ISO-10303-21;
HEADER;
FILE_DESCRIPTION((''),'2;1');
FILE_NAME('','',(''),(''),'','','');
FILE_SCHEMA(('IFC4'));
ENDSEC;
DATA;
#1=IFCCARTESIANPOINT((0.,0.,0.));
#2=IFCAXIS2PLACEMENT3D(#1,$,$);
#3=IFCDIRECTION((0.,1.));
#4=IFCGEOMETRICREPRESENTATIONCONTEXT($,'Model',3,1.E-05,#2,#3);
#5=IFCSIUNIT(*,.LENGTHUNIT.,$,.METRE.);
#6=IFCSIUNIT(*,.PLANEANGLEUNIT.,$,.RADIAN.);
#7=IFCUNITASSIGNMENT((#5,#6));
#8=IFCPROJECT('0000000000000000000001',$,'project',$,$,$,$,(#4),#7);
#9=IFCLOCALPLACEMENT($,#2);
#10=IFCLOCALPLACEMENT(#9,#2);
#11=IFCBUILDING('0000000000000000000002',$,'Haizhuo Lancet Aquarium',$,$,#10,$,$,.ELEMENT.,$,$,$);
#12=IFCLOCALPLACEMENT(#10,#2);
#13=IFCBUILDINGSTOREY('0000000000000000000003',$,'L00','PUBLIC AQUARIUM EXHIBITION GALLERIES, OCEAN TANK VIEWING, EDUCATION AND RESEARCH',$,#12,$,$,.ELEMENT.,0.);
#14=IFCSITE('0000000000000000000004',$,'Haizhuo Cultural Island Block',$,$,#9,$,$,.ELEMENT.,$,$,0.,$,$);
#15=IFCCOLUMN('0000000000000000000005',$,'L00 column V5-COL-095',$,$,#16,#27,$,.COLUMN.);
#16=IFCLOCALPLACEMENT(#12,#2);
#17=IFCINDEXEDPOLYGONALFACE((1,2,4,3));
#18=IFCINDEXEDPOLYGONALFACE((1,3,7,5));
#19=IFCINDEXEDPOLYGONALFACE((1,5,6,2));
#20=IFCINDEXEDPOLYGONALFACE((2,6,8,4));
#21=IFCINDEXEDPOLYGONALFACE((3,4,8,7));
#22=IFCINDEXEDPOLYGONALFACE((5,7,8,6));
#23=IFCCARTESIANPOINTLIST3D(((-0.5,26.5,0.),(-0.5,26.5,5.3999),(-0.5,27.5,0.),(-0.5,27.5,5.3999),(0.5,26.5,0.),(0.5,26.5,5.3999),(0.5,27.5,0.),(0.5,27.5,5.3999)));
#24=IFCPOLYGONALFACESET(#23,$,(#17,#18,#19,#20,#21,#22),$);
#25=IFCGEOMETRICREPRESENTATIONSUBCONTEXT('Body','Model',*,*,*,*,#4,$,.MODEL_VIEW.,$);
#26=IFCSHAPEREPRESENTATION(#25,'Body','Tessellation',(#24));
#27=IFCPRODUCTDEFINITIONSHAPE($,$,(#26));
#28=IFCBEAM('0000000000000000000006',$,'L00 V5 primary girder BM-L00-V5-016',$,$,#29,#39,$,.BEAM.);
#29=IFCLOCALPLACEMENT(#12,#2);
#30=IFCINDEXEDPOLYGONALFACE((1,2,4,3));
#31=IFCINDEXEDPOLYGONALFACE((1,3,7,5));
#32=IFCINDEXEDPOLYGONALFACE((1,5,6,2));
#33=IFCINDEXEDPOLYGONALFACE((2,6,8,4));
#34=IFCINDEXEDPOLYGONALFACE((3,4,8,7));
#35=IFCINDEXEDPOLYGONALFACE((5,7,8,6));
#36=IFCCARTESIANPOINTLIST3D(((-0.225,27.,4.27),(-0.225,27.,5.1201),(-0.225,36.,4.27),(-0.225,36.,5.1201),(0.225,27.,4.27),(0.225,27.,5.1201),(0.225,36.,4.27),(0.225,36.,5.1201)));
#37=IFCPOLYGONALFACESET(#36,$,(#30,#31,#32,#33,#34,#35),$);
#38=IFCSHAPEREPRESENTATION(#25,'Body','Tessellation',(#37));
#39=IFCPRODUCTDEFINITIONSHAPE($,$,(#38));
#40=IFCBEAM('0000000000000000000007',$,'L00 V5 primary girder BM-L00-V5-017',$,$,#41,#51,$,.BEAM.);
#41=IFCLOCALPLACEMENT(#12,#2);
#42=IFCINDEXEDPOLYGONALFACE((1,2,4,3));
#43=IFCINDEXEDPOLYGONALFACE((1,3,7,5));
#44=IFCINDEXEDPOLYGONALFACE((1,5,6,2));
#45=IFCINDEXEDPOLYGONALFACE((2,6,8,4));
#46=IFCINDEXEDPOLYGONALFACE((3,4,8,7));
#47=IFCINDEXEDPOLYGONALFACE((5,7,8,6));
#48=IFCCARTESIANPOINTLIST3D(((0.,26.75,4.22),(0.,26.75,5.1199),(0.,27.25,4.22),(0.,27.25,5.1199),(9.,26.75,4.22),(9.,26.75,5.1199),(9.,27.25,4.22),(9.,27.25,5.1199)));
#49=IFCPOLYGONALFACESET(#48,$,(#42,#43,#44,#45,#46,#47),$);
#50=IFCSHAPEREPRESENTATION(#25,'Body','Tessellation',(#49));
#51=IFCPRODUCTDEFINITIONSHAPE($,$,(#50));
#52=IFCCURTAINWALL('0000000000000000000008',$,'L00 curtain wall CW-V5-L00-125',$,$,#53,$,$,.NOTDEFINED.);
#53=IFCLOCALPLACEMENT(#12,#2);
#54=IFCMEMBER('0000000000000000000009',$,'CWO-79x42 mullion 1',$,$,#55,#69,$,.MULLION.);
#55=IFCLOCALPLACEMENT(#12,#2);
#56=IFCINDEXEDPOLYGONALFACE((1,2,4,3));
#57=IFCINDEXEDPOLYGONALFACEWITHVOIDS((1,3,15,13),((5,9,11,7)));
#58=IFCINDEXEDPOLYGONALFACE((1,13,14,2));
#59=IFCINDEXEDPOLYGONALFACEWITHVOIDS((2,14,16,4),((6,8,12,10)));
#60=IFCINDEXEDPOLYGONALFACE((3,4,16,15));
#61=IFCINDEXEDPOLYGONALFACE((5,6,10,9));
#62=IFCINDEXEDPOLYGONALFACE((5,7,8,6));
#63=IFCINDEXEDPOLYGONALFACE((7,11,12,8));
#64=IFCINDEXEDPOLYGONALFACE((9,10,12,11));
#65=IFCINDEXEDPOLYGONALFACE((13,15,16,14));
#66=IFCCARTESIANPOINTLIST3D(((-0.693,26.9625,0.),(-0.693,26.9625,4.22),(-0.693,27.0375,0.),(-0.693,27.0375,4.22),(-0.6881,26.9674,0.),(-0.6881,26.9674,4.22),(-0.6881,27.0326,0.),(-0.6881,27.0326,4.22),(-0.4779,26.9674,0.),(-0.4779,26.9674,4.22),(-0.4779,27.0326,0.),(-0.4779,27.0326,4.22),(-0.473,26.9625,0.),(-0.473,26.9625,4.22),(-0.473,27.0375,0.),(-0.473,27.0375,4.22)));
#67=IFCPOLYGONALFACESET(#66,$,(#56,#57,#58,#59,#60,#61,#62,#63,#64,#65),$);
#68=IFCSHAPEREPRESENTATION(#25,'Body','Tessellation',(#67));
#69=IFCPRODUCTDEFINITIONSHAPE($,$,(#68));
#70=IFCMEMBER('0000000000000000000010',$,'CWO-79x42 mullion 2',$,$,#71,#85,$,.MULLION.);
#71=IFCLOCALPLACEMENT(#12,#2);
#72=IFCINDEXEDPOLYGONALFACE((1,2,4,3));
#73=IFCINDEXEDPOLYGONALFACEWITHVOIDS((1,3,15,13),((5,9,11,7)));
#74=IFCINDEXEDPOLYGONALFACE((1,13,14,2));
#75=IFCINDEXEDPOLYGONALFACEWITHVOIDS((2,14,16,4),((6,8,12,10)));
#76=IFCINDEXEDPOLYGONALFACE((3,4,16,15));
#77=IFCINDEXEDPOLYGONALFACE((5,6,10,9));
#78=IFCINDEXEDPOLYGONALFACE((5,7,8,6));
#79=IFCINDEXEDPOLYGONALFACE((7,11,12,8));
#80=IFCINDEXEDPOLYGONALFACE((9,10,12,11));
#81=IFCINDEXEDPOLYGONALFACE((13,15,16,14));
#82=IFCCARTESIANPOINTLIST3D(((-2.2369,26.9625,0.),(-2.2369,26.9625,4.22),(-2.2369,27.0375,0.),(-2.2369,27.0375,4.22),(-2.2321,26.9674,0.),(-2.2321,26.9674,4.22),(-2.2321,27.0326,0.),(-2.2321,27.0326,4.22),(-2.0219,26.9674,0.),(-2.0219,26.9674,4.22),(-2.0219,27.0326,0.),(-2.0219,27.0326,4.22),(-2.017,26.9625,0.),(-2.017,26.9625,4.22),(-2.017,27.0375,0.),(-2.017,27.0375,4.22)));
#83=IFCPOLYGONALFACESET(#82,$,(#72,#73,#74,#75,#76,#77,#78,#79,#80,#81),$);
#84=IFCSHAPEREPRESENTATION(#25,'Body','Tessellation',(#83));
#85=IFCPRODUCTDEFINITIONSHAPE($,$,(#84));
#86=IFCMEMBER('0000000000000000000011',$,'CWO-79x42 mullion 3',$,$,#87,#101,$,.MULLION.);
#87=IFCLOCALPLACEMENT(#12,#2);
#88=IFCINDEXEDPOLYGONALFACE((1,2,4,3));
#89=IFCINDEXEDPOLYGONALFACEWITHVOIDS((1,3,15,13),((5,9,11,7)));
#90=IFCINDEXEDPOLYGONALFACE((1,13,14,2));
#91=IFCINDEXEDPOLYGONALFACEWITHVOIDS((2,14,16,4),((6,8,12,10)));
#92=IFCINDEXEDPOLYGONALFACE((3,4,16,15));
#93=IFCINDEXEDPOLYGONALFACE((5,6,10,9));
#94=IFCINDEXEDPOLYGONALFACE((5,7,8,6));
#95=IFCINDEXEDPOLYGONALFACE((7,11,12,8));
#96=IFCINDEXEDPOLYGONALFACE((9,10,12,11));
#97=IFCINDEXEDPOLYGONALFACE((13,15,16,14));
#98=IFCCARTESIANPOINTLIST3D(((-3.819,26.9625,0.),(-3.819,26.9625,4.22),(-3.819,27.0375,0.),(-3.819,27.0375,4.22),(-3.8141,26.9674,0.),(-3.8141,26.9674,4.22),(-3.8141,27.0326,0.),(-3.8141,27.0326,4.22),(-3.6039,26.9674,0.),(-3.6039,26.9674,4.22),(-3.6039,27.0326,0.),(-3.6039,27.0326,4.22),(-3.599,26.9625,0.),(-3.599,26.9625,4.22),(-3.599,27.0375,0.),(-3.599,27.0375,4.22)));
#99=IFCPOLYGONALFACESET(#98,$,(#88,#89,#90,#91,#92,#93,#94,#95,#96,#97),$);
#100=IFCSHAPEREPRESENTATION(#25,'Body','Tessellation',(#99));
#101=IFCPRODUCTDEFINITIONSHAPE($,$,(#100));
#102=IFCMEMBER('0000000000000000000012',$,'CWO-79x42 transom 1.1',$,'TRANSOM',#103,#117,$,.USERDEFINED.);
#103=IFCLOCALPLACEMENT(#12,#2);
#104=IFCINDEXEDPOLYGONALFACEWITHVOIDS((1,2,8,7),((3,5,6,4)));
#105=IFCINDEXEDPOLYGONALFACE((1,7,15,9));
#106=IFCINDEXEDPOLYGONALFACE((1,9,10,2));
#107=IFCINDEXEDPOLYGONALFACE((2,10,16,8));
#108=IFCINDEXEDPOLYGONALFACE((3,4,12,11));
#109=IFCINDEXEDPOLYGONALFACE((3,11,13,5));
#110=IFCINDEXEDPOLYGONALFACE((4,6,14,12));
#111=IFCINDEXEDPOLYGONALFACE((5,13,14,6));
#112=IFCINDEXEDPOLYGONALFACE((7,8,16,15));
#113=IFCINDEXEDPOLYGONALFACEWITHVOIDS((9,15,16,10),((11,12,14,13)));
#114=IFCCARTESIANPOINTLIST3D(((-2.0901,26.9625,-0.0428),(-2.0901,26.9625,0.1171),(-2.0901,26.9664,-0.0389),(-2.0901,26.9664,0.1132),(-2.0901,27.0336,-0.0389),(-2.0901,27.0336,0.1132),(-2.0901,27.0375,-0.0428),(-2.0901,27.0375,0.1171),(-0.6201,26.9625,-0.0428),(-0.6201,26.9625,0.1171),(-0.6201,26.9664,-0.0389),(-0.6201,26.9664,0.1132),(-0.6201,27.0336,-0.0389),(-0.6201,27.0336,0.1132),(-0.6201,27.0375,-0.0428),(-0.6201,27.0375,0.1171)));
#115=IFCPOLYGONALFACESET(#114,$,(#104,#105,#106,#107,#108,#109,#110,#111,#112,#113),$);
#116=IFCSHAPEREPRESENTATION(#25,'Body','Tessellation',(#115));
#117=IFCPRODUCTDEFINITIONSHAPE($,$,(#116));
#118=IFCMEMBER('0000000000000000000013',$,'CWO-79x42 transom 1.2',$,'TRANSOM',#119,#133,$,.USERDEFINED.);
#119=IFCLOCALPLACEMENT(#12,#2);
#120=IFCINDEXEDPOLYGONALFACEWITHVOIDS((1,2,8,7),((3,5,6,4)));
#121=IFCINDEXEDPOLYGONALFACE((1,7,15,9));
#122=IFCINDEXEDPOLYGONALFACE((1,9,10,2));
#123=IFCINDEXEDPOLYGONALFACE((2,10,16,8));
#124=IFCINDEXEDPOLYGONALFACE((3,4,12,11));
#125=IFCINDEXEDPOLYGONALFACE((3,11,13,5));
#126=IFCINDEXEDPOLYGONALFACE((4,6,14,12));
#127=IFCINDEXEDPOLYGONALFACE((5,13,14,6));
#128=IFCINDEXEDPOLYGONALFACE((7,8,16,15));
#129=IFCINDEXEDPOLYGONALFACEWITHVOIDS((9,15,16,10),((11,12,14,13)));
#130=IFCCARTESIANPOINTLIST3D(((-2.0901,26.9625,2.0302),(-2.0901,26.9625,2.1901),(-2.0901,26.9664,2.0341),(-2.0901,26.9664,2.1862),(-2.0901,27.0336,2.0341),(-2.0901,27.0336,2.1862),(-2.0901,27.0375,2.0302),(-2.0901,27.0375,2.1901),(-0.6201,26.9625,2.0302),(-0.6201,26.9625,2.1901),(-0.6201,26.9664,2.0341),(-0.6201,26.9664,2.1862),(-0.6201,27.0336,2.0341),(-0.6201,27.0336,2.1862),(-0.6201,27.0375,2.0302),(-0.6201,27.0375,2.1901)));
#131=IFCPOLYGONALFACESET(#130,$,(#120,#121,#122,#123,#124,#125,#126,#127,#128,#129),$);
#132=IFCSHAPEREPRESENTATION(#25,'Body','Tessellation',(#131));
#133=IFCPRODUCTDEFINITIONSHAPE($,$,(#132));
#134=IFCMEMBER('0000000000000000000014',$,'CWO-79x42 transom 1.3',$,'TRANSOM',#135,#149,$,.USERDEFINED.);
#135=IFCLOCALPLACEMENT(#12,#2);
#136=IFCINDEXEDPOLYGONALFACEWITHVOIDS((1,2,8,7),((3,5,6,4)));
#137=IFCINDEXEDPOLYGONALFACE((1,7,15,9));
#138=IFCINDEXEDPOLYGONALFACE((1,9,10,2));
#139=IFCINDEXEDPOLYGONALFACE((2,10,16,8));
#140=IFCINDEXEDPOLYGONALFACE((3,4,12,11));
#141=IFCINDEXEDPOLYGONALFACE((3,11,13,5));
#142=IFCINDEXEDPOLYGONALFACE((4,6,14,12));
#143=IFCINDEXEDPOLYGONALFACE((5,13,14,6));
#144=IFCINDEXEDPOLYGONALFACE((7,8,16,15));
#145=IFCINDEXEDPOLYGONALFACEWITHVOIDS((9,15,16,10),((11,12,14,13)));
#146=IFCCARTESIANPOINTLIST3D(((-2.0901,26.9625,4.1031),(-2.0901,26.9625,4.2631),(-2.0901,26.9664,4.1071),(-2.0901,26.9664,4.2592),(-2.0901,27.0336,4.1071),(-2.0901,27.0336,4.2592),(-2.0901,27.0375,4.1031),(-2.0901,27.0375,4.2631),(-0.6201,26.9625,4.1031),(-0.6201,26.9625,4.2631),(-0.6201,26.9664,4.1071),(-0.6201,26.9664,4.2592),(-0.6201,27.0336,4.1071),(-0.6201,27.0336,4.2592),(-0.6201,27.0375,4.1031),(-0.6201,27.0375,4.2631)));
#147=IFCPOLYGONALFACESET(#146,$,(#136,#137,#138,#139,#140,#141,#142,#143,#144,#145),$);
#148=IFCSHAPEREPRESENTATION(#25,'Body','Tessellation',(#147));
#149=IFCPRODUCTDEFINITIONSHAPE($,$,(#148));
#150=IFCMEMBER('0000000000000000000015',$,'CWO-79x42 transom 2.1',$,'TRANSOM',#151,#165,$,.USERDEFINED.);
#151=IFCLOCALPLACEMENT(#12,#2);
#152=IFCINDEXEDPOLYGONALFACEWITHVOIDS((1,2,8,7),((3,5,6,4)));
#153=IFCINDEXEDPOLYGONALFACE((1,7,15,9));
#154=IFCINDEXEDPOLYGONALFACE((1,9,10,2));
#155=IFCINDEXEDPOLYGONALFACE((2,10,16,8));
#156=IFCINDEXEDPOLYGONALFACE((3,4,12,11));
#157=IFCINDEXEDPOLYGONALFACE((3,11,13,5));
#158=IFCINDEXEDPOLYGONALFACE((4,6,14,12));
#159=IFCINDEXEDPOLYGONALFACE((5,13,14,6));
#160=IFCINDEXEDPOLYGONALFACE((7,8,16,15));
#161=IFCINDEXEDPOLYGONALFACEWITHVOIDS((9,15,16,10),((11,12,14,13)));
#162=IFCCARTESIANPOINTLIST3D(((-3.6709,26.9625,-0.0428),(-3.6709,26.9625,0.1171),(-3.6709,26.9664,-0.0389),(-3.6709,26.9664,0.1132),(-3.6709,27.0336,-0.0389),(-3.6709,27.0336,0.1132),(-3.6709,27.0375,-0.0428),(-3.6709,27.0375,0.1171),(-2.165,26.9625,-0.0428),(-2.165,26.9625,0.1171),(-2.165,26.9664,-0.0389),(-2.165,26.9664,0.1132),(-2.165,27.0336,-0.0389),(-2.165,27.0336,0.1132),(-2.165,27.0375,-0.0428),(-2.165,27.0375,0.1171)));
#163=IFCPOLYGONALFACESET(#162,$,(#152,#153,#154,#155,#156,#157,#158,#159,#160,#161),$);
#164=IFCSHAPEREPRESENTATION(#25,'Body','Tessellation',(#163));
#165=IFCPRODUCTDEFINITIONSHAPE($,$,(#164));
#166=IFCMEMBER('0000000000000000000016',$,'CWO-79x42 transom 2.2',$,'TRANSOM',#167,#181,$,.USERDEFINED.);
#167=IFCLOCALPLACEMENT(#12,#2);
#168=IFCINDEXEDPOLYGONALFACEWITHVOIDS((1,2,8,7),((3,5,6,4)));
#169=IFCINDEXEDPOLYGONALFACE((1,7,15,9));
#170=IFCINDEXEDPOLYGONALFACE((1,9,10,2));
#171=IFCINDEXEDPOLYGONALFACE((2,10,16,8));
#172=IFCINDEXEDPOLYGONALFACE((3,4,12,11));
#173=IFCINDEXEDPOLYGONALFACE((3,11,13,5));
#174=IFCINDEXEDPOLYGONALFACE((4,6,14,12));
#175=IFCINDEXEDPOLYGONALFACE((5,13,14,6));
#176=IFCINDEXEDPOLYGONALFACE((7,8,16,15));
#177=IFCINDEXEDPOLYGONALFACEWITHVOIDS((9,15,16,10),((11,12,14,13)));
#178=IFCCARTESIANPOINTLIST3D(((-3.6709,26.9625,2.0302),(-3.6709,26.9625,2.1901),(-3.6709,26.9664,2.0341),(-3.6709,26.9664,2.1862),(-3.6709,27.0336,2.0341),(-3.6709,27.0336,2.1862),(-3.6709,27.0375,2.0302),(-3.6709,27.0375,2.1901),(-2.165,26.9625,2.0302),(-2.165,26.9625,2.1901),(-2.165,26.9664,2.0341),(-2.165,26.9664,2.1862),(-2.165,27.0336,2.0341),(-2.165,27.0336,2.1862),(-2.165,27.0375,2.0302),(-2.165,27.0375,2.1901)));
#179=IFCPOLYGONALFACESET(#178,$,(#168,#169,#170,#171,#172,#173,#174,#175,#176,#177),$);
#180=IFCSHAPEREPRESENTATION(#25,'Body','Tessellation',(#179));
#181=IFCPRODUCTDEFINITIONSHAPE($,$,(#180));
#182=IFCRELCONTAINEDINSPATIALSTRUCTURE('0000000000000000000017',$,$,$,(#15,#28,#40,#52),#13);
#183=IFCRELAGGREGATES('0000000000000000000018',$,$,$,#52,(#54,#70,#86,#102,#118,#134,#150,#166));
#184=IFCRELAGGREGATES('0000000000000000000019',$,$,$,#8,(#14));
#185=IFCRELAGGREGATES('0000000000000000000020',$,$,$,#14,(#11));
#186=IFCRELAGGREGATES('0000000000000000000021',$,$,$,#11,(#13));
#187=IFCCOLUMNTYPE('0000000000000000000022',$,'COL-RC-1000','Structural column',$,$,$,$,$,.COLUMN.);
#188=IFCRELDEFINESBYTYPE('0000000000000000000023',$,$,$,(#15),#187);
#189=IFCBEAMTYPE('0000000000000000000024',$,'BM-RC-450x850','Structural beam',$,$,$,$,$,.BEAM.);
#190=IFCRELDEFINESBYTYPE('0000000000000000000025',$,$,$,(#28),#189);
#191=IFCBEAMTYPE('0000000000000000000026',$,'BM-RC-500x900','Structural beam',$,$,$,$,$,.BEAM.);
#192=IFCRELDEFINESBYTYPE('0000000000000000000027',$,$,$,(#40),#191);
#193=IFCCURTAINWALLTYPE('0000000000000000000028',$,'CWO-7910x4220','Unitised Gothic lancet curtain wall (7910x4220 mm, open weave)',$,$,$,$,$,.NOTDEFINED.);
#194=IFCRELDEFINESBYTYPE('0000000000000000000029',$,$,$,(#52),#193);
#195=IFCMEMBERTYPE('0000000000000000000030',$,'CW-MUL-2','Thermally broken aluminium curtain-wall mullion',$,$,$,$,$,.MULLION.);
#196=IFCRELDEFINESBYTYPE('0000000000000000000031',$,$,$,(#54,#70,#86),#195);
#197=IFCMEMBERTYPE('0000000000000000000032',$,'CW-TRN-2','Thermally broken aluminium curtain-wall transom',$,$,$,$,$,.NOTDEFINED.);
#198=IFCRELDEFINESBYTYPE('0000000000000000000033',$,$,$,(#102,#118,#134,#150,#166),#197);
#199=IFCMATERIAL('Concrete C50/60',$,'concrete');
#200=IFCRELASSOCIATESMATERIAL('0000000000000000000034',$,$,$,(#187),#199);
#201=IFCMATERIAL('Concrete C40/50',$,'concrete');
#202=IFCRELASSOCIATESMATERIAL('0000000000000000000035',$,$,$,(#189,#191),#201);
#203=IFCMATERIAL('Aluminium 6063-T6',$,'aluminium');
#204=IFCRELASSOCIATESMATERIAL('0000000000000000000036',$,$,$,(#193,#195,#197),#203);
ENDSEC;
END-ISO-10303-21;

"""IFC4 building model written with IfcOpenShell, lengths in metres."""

from ifc_helpers import new_model, si_unit, direction, frame, origin, origin_2d, place, context, subcontext, project, spatial, rectangle, hollow_rectangle, extrude, material, material_profile, profile_set, type_object, element, aggregate, save


model = new_model("IFC4")

# Units and contexts
model_context = context("Model", 3, precision=1e-05, world=origin(), true_north=direction((0.0, 1.0)))
body_context = subcontext(model_context, "Body", "Model", "MODEL_VIEW")
ifc_project = project(units=[si_unit("LENGTHUNIT", "METRE"), si_unit("PLANEANGLEUNIT", "RADIAN")], contexts=[model_context])

# Site, building, storey
site_placement = place(None, origin())
site = spatial("IfcSite", under=ifc_project, at=site_placement, Name="Haizhuo Cultural Island Block", CompositionType="ELEMENT", RefElevation=0.0)
building_placement = place(site_placement, origin())
building = spatial("IfcBuilding", under=site, at=building_placement, Name="Haizhuo Lancet Aquarium", CompositionType="ELEMENT")
storey_placement = place(building_placement, origin())
storey = spatial("IfcBuildingStorey", under=building, at=storey_placement, Name="L00", Description="PUBLIC AQUARIUM EXHIBITION GALLERIES, OCEAN TANK VIEWING, EDUCATION AND RESEARCH", CompositionType="ELEMENT", Elevation=0.0)

# Column
ifc_material_1 = material(Name="Concrete C50/60", Category="concrete")
ifc_material_profile_1 = material_profile(ifc_material_1, rectangle(XDim=1.0, YDim=1.0, at=origin_2d()), Name="RC-COL 1000x1000")
ifc_profile_set_1 = profile_set([ifc_material_profile_1], Name="Concrete C50/60")
column_type = type_object("IfcColumnType", Name="COL-RC-1000", Description="Structural column", PredefinedType="COLUMN", material=ifc_profile_set_1)
column_placement = place(storey_placement, frame((0.0, 27.0, 0.0), z_axis=(0.0, 0.0, 1.0), x_axis=(1.0, 0.0, 0.0)))
element("IfcColumn", 1, at=column_placement, inside=storey, type_object=column_type, Name="L00 column V5-COL-095", PredefinedType="COLUMN", context=body_context, shape_type="SweptSolid", body=[
    extrude(rectangle(XDim=1.0, YDim=1.0, at=origin_2d()), origin(), (0.0, 0.0, 1.0), 5.3999),
])

# Beams
ifc_material_2 = material(Name="Concrete C40/50", Category="concrete")
ifc_material_profile_2 = material_profile(ifc_material_2, rectangle(XDim=0.45, YDim=0.8501, at=origin_2d()), Name="RC-BM 450x850")
ifc_profile_set_2 = profile_set([ifc_material_profile_2], Name="Concrete C40/50")
beam_type_1 = type_object("IfcBeamType", Name="BM-RC-450x850", Description="Structural beam", PredefinedType="BEAM", material=ifc_profile_set_2)
beam_1_placement = place(storey_placement, frame((0.0, 27.0, 4.6951), z_axis=(0.0, 1.0, 0.0), x_axis=(-1.0, 0.0, 0.0)))
element("IfcBeam", 2, at=beam_1_placement, inside=storey, type_object=beam_type_1, Name="L00 V5 primary girder BM-L00-V5-016", PredefinedType="BEAM", context=body_context, shape_type="SweptSolid", body=[
    extrude(rectangle(XDim=0.45, YDim=0.8501, at=origin_2d()), origin(), (0.0, 0.0, 1.0), 9.0),
])
ifc_material_profile_3 = material_profile(ifc_material_2, rectangle(XDim=0.5, YDim=0.8999, at=origin_2d()), Name="RC-BM 500x900")
ifc_profile_set_3 = profile_set([ifc_material_profile_3], Name="Concrete C40/50")
beam_type_2 = type_object("IfcBeamType", Name="BM-RC-500x900", Description="Structural beam", PredefinedType="BEAM", material=ifc_profile_set_3)
beam_2_placement = place(storey_placement, frame((0.0, 27.0, 4.6699), z_axis=(1.0, 0.0, 0.0), x_axis=(0.0, 1.0, 0.0)))
element("IfcBeam", 3, at=beam_2_placement, inside=storey, type_object=beam_type_2, Name="L00 V5 primary girder BM-L00-V5-017", PredefinedType="BEAM", context=body_context, shape_type="SweptSolid", body=[
    extrude(rectangle(XDim=0.5, YDim=0.8999, at=origin_2d()), origin(), (0.0, 0.0, 1.0), 9.0),
])

# Curtain wall, members
ifc_material_3 = material(Name="Aluminium 6063-T6", Category="aluminium")
curtain_wall_type = type_object("IfcCurtainWallType", Name="CWO-7910x4220", Description="Unitised Gothic lancet curtain wall (7910x4220 mm, open weave)", PredefinedType="NOTDEFINED", material=ifc_material_3)
curtain_wall_placement = place(storey_placement, origin())
curtain_wall = element("IfcCurtainWall", 4, at=curtain_wall_placement, inside=storey, type_object=curtain_wall_type, Name="L00 curtain wall CW-V5-L00-125", PredefinedType="NOTDEFINED")
ifc_material_profile_4 = material_profile(ifc_material_3, hollow_rectangle(XDim=0.075, YDim=0.22, WallThickness=0.0049, at=origin_2d()), Name="ALU-M 75x220x5")
ifc_profile_set_4 = profile_set([ifc_material_profile_4], Name="Aluminium 6063-T6")
member_type_1 = type_object("IfcMemberType", Name="CW-MUL-2", Description="Thermally broken aluminium curtain-wall mullion", PredefinedType="MULLION", material=ifc_profile_set_4)
member_1_placement = place(storey_placement, frame((-0.583, 27.0, 0.0), z_axis=(0.0, 0.0, 1.0), x_axis=(0.0, -1.0, 0.0)))
member_1 = element("IfcMember", 5, at=member_1_placement, type_object=member_type_1, Name="CWO-79x42 mullion 1", PredefinedType="MULLION", context=body_context, shape_type="SweptSolid", body=[
    extrude(hollow_rectangle(XDim=0.075, YDim=0.22, WallThickness=0.0049, at=origin_2d()), origin(), (0.0, 0.0, 1.0), 4.22),
])
member_2_placement = place(storey_placement, frame((-2.127, 27.0, 0.0), z_axis=(0.0, 0.0, 1.0), x_axis=(0.0, -1.0, 0.0)))
member_2 = element("IfcMember", 6, at=member_2_placement, type_object=member_type_1, Name="CWO-79x42 mullion 2", PredefinedType="MULLION", context=body_context, shape_type="SweptSolid", body=[
    extrude(hollow_rectangle(XDim=0.075, YDim=0.22, WallThickness=0.0049, at=origin_2d()), origin(), (0.0, 0.0, 1.0), 4.22),
])
member_3_placement = place(storey_placement, frame((-3.709, 27.0, 0.0), z_axis=(0.0, 0.0, 1.0), x_axis=(0.0, -1.0, 0.0)))
member_3 = element("IfcMember", 7, at=member_3_placement, type_object=member_type_1, Name="CWO-79x42 mullion 3", PredefinedType="MULLION", context=body_context, shape_type="SweptSolid", body=[
    extrude(hollow_rectangle(XDim=0.075, YDim=0.22, WallThickness=0.0049, at=origin_2d()), origin(), (0.0, 0.0, 1.0), 4.22),
])
ifc_material_profile_5 = material_profile(ifc_material_3, hollow_rectangle(XDim=0.075, YDim=0.1599, WallThickness=0.0039, at=origin_2d()), Name="ALU-T 75x160x4")
ifc_profile_set_5 = profile_set([ifc_material_profile_5], Name="Aluminium 6063-T6")
member_type_2 = type_object("IfcMemberType", Name="CW-TRN-2", Description="Thermally broken aluminium curtain-wall transom", PredefinedType="NOTDEFINED", material=ifc_profile_set_5)
member_4_placement = place(storey_placement, frame((-0.6201, 27.0, 0.0371), z_axis=(-1.0, 0.0, 0.0), x_axis=(0.0, -1.0, 0.0)))
member_4 = element("IfcMember", 8, at=member_4_placement, type_object=member_type_2, Name="CWO-79x42 transom 1.1", ObjectType="TRANSOM", PredefinedType="USERDEFINED", context=body_context, shape_type="SweptSolid", body=[
    extrude(hollow_rectangle(XDim=0.075, YDim=0.1599, WallThickness=0.0039, at=origin_2d()), origin(), (0.0, 0.0, 1.0), 1.47),
])
member_5_placement = place(storey_placement, frame((-0.6201, 27.0, 2.1101), z_axis=(-1.0, 0.0, 0.0), x_axis=(0.0, -1.0, 0.0)))
member_5 = element("IfcMember", 9, at=member_5_placement, type_object=member_type_2, Name="CWO-79x42 transom 1.2", ObjectType="TRANSOM", PredefinedType="USERDEFINED", context=body_context, shape_type="SweptSolid", body=[
    extrude(hollow_rectangle(XDim=0.075, YDim=0.1599, WallThickness=0.0039, at=origin_2d()), origin(), (0.0, 0.0, 1.0), 1.47),
])
member_6_placement = place(storey_placement, frame((-0.6201, 27.0, 4.1831), z_axis=(-1.0, 0.0, 0.0), x_axis=(0.0, -1.0, 0.0)))
member_6 = element("IfcMember", 10, at=member_6_placement, type_object=member_type_2, Name="CWO-79x42 transom 1.3", ObjectType="TRANSOM", PredefinedType="USERDEFINED", context=body_context, shape_type="SweptSolid", body=[
    extrude(hollow_rectangle(XDim=0.075, YDim=0.1599, WallThickness=0.0039, at=origin_2d()), origin(), (0.0, 0.0, 1.0), 1.47),
])
member_7_placement = place(storey_placement, frame((-2.165, 27.0, 0.0371), z_axis=(-1.0, 0.0, 0.0), x_axis=(0.0, -1.0, 0.0)))
member_7 = element("IfcMember", 11, at=member_7_placement, type_object=member_type_2, Name="CWO-79x42 transom 2.1", ObjectType="TRANSOM", PredefinedType="USERDEFINED", context=body_context, shape_type="SweptSolid", body=[
    extrude(hollow_rectangle(XDim=0.075, YDim=0.1599, WallThickness=0.0039, at=origin_2d()), origin(), (0.0, 0.0, 1.0), 1.5059),
])
member_8_placement = place(storey_placement, frame((-2.165, 27.0, 2.1101), z_axis=(-1.0, 0.0, 0.0), x_axis=(0.0, -1.0, 0.0)))
member_8 = element("IfcMember", 12, at=member_8_placement, type_object=member_type_2, Name="CWO-79x42 transom 2.2", ObjectType="TRANSOM", PredefinedType="USERDEFINED", context=body_context, shape_type="SweptSolid", body=[
    extrude(hollow_rectangle(XDim=0.075, YDim=0.1599, WallThickness=0.0039, at=origin_2d()), origin(), (0.0, 0.0, 1.0), 1.5059),
])

aggregate(curtain_wall, [member_1, member_2, member_3, member_4, member_5, member_6, member_7, member_8])

save(model, "model.ifc")
